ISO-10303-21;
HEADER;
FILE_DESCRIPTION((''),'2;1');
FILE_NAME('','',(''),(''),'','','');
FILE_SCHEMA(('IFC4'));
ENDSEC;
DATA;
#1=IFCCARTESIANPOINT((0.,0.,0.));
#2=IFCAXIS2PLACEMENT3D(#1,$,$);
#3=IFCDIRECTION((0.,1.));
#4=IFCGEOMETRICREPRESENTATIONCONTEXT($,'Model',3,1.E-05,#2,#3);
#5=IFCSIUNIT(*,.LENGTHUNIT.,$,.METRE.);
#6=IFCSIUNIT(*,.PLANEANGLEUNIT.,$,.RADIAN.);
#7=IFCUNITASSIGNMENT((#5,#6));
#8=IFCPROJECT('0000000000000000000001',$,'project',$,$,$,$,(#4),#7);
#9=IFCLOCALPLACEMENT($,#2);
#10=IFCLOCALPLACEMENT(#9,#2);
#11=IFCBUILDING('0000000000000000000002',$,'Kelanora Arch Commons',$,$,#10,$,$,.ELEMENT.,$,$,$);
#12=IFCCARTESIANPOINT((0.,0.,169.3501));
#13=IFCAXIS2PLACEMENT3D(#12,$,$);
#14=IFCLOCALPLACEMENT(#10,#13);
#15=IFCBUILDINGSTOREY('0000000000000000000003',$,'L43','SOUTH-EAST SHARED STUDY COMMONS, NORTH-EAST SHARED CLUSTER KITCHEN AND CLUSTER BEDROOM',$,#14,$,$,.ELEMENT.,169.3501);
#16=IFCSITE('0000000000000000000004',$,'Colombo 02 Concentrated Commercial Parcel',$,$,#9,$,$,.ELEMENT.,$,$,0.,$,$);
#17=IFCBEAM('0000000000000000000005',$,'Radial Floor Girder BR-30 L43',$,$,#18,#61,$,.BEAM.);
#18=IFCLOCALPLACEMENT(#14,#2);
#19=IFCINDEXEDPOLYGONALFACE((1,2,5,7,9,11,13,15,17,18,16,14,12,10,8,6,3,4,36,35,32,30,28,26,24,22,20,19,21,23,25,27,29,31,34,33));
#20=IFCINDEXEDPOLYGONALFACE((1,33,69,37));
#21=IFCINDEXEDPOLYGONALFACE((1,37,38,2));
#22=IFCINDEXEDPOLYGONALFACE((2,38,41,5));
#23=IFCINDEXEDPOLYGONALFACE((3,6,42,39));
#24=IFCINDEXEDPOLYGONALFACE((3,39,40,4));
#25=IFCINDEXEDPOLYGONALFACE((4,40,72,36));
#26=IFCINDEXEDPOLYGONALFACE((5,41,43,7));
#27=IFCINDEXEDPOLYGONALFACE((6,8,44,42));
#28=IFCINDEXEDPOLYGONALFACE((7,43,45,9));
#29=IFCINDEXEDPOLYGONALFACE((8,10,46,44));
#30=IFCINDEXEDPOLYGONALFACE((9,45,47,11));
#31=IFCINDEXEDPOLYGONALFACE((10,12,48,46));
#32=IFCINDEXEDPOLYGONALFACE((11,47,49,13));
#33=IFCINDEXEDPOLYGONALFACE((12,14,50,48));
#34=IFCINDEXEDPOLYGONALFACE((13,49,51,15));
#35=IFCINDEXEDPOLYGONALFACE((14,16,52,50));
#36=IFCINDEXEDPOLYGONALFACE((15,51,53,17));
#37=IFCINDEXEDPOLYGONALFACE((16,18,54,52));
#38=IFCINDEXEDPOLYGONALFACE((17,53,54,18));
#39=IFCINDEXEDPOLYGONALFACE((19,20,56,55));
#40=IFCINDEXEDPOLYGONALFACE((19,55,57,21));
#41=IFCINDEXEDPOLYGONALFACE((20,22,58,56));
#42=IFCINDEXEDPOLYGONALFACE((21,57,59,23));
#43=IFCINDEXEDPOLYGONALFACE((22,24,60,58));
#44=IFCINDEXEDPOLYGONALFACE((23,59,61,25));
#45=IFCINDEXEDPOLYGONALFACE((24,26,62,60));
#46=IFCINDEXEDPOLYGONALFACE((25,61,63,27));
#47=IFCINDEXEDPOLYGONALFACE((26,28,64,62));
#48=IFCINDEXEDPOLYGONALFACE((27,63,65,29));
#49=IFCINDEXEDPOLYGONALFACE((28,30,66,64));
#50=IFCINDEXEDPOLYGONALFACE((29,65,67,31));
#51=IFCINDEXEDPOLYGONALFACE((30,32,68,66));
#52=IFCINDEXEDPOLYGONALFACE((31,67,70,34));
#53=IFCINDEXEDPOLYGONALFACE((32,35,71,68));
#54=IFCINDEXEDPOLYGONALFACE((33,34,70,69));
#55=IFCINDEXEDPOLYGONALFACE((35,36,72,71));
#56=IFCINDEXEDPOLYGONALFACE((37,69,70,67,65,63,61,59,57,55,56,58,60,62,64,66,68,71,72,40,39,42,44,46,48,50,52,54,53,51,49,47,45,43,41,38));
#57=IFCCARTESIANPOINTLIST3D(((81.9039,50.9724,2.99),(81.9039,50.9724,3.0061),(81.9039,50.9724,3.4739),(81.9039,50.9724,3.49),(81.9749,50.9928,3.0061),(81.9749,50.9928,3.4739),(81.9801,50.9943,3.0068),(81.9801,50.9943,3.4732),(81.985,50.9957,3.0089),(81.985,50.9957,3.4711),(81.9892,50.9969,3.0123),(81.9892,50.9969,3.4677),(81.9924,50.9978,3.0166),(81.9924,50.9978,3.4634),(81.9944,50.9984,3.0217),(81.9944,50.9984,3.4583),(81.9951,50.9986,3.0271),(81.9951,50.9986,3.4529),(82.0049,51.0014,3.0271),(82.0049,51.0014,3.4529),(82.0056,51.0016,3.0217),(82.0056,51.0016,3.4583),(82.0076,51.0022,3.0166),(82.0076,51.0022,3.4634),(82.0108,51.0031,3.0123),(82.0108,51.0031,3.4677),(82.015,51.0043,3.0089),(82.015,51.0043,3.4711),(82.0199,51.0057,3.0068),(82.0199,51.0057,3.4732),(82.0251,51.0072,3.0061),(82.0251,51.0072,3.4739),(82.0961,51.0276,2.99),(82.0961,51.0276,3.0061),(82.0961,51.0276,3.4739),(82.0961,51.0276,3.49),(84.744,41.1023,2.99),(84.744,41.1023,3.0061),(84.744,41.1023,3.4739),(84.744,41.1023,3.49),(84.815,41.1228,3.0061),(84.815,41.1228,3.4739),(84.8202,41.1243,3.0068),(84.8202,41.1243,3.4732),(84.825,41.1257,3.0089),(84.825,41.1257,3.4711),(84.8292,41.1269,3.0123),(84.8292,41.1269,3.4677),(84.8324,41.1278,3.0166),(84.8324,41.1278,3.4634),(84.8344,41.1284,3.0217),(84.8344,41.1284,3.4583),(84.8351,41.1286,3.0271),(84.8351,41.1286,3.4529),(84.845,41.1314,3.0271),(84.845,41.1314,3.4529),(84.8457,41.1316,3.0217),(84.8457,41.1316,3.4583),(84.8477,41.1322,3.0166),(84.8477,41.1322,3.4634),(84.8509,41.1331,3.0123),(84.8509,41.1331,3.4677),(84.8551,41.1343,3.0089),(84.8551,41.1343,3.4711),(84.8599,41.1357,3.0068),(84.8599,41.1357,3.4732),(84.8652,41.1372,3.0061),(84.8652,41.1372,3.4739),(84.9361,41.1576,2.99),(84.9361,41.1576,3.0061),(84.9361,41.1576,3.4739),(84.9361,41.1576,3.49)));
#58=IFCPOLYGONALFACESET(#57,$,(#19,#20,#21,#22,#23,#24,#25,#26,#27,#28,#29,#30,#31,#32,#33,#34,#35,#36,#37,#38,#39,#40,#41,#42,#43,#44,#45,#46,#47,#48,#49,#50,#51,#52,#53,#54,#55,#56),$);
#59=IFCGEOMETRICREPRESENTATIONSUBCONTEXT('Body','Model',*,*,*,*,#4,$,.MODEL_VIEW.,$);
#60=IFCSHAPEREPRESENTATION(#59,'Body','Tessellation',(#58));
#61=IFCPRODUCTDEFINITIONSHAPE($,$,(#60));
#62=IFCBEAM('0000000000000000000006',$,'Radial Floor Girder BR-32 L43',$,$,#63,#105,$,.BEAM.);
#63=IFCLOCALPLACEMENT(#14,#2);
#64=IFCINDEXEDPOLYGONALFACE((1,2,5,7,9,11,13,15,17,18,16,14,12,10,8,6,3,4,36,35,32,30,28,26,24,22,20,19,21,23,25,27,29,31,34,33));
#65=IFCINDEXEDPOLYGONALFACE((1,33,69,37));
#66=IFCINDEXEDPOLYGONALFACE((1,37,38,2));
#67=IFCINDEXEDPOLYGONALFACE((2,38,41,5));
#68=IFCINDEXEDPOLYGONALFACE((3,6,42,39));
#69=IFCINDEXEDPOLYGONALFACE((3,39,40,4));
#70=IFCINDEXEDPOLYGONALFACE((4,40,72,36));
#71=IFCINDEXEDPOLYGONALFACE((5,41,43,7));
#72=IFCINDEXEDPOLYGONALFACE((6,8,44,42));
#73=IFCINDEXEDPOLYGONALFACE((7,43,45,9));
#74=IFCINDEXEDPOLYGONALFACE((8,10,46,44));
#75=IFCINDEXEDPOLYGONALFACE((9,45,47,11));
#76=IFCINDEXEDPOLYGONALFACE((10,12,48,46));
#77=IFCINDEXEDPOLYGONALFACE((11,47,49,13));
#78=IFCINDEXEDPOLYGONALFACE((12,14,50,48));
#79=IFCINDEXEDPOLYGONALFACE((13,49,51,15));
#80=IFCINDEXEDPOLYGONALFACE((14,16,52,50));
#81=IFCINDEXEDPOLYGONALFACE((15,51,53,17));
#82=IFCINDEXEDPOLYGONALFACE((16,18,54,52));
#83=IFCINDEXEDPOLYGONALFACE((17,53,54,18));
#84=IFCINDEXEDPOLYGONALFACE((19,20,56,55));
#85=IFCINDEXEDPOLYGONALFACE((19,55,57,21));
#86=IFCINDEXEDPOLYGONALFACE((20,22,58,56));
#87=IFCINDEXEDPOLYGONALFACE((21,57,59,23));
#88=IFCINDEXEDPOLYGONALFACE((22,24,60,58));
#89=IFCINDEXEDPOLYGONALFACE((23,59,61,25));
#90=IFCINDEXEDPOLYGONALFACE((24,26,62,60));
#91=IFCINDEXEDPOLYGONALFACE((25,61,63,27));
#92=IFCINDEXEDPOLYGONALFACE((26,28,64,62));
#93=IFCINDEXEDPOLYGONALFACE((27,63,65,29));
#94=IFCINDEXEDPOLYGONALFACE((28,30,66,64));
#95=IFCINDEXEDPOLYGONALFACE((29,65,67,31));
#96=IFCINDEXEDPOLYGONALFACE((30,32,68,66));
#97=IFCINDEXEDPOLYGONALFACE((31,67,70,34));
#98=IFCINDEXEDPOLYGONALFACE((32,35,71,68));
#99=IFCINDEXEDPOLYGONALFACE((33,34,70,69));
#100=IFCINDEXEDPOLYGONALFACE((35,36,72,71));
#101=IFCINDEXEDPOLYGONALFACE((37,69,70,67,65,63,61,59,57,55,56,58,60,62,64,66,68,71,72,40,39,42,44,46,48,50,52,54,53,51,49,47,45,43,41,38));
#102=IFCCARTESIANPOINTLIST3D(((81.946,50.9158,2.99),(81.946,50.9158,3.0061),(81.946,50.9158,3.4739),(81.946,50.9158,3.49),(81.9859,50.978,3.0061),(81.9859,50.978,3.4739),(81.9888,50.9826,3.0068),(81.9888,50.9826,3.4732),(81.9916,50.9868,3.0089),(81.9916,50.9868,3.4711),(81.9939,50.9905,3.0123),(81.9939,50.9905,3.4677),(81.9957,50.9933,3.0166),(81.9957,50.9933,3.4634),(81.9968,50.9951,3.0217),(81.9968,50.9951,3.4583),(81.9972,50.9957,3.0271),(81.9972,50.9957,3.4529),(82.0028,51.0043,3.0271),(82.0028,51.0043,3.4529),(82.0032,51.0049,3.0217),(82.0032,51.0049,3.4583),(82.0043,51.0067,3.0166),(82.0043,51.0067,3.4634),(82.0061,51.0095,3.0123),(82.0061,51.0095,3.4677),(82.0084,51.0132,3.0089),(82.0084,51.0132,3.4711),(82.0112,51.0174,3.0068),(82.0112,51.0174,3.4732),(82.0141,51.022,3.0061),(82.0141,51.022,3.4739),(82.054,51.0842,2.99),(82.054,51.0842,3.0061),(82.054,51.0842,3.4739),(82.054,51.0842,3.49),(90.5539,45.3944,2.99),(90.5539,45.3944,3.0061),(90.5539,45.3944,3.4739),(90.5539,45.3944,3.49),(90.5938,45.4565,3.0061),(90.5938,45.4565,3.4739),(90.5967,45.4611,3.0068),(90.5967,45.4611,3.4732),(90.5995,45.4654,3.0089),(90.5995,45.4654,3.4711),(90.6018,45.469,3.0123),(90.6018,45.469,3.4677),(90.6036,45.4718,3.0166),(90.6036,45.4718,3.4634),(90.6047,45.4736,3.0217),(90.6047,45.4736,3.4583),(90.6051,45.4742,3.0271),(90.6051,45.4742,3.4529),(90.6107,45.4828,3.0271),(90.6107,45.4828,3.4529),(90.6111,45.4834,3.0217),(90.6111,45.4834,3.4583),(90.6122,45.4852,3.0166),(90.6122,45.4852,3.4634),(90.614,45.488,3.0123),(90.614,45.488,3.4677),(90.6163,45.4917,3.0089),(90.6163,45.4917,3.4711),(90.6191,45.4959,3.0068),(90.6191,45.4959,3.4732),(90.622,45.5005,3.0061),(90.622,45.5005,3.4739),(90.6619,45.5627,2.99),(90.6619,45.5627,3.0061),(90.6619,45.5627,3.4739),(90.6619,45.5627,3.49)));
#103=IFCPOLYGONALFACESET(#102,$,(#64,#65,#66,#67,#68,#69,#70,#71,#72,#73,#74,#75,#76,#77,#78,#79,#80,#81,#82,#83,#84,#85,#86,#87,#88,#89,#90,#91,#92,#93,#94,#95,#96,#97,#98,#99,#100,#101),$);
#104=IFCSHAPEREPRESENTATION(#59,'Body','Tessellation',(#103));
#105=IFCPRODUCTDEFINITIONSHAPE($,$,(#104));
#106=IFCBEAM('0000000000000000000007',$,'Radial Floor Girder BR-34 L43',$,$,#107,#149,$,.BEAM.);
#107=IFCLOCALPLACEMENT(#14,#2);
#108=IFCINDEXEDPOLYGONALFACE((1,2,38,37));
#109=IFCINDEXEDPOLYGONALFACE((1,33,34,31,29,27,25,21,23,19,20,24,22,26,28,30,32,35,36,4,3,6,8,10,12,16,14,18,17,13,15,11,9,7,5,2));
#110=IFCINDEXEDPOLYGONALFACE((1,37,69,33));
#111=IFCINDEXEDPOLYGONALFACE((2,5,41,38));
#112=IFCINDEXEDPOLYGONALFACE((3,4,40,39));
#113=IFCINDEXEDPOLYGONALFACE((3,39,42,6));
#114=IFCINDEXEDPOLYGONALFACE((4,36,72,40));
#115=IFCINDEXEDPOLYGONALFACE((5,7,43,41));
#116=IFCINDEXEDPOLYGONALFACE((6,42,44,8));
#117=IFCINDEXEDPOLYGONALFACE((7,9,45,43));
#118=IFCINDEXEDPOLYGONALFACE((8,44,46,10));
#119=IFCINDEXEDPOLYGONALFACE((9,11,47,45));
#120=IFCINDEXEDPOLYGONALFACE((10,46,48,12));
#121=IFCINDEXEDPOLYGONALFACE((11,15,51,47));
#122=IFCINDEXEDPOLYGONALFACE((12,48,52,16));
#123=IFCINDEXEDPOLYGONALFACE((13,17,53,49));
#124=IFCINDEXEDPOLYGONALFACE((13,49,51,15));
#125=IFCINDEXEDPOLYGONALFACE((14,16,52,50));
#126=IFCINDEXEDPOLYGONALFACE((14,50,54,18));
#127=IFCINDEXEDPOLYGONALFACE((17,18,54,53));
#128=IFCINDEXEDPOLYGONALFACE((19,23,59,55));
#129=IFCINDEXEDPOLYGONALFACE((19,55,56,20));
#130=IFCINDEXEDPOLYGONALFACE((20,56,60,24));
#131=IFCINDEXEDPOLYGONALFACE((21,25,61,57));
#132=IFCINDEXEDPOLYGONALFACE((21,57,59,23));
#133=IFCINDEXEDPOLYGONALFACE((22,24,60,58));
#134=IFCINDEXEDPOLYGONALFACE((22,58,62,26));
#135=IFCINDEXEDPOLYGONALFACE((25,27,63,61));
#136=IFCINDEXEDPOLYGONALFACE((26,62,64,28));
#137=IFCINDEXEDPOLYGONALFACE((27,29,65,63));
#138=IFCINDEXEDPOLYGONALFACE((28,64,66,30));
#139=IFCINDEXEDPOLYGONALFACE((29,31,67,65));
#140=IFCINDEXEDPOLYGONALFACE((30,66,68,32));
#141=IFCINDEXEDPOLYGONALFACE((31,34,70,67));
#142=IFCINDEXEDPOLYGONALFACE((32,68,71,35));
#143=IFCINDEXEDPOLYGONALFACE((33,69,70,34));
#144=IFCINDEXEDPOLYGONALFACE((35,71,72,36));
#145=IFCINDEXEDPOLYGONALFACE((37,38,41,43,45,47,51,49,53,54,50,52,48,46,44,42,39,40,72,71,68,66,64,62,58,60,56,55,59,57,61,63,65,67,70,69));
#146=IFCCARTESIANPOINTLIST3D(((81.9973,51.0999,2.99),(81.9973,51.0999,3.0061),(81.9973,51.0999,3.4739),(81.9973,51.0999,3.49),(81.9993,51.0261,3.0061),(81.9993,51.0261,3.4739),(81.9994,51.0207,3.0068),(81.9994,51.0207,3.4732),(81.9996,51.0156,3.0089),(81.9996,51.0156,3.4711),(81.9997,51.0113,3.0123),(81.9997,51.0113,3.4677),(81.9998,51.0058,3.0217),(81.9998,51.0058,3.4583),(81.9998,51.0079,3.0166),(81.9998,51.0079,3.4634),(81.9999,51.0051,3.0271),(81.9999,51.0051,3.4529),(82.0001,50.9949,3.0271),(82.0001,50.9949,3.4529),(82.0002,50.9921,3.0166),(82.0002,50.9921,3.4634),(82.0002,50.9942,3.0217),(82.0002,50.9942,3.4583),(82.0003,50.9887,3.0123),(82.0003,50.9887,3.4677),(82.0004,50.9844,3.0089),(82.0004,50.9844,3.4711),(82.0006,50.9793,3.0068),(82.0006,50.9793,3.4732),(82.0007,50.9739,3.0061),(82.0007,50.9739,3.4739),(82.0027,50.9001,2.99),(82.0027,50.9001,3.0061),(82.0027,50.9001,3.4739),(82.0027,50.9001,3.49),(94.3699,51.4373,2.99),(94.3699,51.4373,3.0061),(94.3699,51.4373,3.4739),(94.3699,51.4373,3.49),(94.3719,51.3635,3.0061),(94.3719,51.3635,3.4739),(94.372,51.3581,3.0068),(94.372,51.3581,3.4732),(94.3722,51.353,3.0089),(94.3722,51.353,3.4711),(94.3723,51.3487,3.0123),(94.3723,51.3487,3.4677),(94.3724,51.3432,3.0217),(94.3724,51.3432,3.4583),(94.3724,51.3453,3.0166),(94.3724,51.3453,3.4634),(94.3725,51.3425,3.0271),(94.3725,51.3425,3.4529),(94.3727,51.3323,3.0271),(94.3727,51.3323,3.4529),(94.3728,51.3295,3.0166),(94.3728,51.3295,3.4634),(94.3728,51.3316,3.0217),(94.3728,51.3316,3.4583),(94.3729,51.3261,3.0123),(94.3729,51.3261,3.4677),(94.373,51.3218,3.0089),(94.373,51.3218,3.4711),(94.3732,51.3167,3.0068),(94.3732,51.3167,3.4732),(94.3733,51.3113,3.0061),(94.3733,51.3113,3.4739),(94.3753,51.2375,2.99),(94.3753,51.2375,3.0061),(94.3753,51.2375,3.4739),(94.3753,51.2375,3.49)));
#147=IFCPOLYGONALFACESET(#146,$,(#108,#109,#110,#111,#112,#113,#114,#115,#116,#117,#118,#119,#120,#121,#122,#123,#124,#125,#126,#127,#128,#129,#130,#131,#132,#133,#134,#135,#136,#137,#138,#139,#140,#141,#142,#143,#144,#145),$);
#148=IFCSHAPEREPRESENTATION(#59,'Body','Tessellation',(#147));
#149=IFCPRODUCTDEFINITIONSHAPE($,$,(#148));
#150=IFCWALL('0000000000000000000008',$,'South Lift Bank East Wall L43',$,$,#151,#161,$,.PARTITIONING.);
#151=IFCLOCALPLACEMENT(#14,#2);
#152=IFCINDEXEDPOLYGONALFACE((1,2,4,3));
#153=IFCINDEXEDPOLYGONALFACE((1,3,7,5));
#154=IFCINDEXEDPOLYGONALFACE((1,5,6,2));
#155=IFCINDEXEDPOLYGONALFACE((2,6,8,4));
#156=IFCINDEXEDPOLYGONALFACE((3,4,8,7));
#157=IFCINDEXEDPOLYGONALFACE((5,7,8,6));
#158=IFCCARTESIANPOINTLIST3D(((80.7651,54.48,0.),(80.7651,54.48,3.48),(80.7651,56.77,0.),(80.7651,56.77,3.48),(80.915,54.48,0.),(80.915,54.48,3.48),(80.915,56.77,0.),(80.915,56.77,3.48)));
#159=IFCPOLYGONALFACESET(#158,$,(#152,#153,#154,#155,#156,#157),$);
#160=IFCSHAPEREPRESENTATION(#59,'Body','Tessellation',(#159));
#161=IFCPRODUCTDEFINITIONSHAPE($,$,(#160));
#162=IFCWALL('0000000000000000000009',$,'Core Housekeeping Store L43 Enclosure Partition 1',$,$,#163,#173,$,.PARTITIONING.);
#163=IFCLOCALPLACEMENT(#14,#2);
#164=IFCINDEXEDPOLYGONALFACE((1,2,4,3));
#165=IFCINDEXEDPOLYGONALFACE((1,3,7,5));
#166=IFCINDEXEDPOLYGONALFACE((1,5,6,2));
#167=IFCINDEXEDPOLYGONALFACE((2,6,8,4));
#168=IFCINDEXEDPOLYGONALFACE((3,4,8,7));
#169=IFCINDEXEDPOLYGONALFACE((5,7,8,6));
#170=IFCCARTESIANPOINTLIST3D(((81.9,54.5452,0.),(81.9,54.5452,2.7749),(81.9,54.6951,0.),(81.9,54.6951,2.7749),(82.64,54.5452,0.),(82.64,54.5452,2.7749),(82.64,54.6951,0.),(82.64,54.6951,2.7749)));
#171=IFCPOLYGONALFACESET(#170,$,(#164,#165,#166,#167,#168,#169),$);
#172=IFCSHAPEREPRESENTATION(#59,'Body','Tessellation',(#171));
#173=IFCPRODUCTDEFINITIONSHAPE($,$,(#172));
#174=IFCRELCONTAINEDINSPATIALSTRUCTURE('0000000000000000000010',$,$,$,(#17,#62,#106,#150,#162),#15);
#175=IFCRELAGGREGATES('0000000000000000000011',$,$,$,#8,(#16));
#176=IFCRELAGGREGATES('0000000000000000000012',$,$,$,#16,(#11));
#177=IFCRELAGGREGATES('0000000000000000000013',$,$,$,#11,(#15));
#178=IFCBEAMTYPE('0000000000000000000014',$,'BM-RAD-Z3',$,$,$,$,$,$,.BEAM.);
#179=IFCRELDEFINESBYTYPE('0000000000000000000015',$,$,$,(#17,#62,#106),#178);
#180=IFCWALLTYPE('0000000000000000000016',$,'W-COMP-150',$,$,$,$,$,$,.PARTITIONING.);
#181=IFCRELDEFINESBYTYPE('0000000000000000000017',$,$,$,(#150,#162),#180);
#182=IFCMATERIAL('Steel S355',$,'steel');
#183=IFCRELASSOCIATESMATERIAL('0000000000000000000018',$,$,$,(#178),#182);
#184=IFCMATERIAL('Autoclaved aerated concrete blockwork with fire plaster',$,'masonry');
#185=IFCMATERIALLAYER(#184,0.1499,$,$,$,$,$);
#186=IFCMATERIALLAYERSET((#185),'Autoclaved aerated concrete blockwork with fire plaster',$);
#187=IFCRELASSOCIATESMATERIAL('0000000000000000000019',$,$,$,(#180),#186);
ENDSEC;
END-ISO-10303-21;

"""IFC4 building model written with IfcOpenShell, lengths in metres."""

from ifc_helpers import new_model, si_unit, direction, frame, frame_2d, origin, origin_2d, place, context, subcontext, project, spatial, rectangle, i_section, extrude, material, layer, layer_set, material_profile, profile_set, type_object, element, save


model = new_model("IFC4")

# Units and contexts
model_context = context("Model", 3, precision=1e-05, world=origin(), true_north=direction((0.0, 1.0)))
body_context = subcontext(model_context, "Body", "Model", "MODEL_VIEW")
ifc_project = project(units=[si_unit("LENGTHUNIT", "METRE"), si_unit("PLANEANGLEUNIT", "RADIAN")], contexts=[model_context])

# Site, building, storey
site_placement = place(None, origin())
site = spatial("IfcSite", under=ifc_project, at=site_placement, Name="Colombo 02 Concentrated Commercial Parcel", CompositionType="ELEMENT", RefElevation=0.0)
building_placement = place(site_placement, origin())
building = spatial("IfcBuilding", under=site, at=building_placement, Name="Kelanora Arch Commons", CompositionType="ELEMENT")
storey_placement = place(building_placement, frame((0.0, 0.0, 169.3501)))
storey = spatial("IfcBuildingStorey", under=building, at=storey_placement, Name="L43", Description="SOUTH-EAST SHARED STUDY COMMONS, NORTH-EAST SHARED CLUSTER KITCHEN AND CLUSTER BEDROOM", CompositionType="ELEMENT", Elevation=169.3501)

# Beams
ifc_material_1 = material(Name="Steel S355", Category="steel")
ifc_material_profile_1 = material_profile(ifc_material_1, i_section(OverallWidth=0.2, OverallDepth=0.5, WebThickness=0.0103, FlangeThickness=0.0161, FilletRadius=0.021, at=origin_2d()), Name="IPE500")
ifc_profile_set_1 = profile_set([ifc_material_profile_1], Name="Steel S355")
beam_type_1 = type_object("IfcBeamType", Name="BM-RAD-Z3", PredefinedType="BEAM", material=ifc_profile_set_1)
beam_1_placement = place(storey_placement, frame((82.0, 51.0, 3.24), z_axis=(0.276526, -0.961006, 0.0), x_axis=(0.961006, 0.276526, 0.0)))
element("IfcBeam", 1, at=beam_1_placement, inside=storey, type_object=beam_type_1, Name="Radial Floor Girder BR-30 L43", PredefinedType="BEAM", context=body_context, shape_type="SweptSolid", body=[
    extrude(i_section(OverallWidth=0.2, OverallDepth=0.5, WebThickness=0.0103, FlangeThickness=0.0161, FilletRadius=0.021, at=origin_2d()), origin(), (0.0, 0.0, 1.0), 10.2705),
])
beam_2_placement = place(storey_placement, frame((82.0, 51.0, 3.24), z_axis=(0.841719, -0.539915, 0.0), x_axis=(0.539915, 0.841719, 0.0)))
element("IfcBeam", 2, at=beam_2_placement, inside=storey, type_object=beam_type_1, Name="Radial Floor Girder BR-32 L43", PredefinedType="BEAM", context=body_context, shape_type="SweptSolid", body=[
    extrude(i_section(OverallWidth=0.2, OverallDepth=0.5, WebThickness=0.0103, FlangeThickness=0.0161, FilletRadius=0.021, at=origin_2d()), origin(), (0.0, 0.0, 1.0), 10.2266),
])
beam_3_placement = place(storey_placement, frame((82.0, 51.0, 3.24), z_axis=(0.999628, 0.02726, 0.0), x_axis=(-0.02726, 0.999628, 0.0)))
element("IfcBeam", 3, at=beam_3_placement, inside=storey, type_object=beam_type_1, Name="Radial Floor Girder BR-34 L43", PredefinedType="BEAM", context=body_context, shape_type="SweptSolid", body=[
    extrude(i_section(OverallWidth=0.2, OverallDepth=0.5, WebThickness=0.0103, FlangeThickness=0.0161, FilletRadius=0.021, at=origin_2d()), origin(), (0.0, 0.0, 1.0), 12.3772),
])

# Walls
ifc_material_2 = material(Name="Autoclaved aerated concrete blockwork with fire plaster", Category="masonry")
ifc_layer_1 = layer(ifc_material_2, 0.1499)
ifc_layer_set_1 = layer_set([ifc_layer_1], Name="Autoclaved aerated concrete blockwork with fire plaster")
wall_type_1 = type_object("IfcWallType", Name="W-COMP-150", PredefinedType="PARTITIONING", material=ifc_layer_set_1)
wall_1_placement = place(storey_placement, frame((80.8401, 54.48, 0.0), z_axis=(0.0, 0.0, 1.0), x_axis=(0.0, 1.0, 0.0)))
element("IfcWall", 4, at=wall_1_placement, inside=storey, type_object=wall_type_1, Name="South Lift Bank East Wall L43", PredefinedType="PARTITIONING", context=body_context, shape_type="SweptSolid", body=[
    extrude(rectangle(XDim=2.29, YDim=0.1499, at=frame_2d((1.145, 0.0))), origin(), (0.0, 0.0, 1.0), 3.48),
])
wall_2_placement = place(storey_placement, frame((81.8999, 54.6201, 0.0), z_axis=(0.0, 0.0, 1.0), x_axis=(1.0, 0.0, 0.0)))
element("IfcWall", 5, at=wall_2_placement, inside=storey, type_object=wall_type_1, Name="Core Housekeeping Store L43 Enclosure Partition 1", PredefinedType="PARTITIONING", context=body_context, shape_type="SweptSolid", body=[
    extrude(rectangle(XDim=0.74, YDim=0.1499, at=frame_2d((0.3701, 0.0))), origin(), (0.0, 0.0, 1.0), 2.7749),
])

save(model, "model.ifc")
